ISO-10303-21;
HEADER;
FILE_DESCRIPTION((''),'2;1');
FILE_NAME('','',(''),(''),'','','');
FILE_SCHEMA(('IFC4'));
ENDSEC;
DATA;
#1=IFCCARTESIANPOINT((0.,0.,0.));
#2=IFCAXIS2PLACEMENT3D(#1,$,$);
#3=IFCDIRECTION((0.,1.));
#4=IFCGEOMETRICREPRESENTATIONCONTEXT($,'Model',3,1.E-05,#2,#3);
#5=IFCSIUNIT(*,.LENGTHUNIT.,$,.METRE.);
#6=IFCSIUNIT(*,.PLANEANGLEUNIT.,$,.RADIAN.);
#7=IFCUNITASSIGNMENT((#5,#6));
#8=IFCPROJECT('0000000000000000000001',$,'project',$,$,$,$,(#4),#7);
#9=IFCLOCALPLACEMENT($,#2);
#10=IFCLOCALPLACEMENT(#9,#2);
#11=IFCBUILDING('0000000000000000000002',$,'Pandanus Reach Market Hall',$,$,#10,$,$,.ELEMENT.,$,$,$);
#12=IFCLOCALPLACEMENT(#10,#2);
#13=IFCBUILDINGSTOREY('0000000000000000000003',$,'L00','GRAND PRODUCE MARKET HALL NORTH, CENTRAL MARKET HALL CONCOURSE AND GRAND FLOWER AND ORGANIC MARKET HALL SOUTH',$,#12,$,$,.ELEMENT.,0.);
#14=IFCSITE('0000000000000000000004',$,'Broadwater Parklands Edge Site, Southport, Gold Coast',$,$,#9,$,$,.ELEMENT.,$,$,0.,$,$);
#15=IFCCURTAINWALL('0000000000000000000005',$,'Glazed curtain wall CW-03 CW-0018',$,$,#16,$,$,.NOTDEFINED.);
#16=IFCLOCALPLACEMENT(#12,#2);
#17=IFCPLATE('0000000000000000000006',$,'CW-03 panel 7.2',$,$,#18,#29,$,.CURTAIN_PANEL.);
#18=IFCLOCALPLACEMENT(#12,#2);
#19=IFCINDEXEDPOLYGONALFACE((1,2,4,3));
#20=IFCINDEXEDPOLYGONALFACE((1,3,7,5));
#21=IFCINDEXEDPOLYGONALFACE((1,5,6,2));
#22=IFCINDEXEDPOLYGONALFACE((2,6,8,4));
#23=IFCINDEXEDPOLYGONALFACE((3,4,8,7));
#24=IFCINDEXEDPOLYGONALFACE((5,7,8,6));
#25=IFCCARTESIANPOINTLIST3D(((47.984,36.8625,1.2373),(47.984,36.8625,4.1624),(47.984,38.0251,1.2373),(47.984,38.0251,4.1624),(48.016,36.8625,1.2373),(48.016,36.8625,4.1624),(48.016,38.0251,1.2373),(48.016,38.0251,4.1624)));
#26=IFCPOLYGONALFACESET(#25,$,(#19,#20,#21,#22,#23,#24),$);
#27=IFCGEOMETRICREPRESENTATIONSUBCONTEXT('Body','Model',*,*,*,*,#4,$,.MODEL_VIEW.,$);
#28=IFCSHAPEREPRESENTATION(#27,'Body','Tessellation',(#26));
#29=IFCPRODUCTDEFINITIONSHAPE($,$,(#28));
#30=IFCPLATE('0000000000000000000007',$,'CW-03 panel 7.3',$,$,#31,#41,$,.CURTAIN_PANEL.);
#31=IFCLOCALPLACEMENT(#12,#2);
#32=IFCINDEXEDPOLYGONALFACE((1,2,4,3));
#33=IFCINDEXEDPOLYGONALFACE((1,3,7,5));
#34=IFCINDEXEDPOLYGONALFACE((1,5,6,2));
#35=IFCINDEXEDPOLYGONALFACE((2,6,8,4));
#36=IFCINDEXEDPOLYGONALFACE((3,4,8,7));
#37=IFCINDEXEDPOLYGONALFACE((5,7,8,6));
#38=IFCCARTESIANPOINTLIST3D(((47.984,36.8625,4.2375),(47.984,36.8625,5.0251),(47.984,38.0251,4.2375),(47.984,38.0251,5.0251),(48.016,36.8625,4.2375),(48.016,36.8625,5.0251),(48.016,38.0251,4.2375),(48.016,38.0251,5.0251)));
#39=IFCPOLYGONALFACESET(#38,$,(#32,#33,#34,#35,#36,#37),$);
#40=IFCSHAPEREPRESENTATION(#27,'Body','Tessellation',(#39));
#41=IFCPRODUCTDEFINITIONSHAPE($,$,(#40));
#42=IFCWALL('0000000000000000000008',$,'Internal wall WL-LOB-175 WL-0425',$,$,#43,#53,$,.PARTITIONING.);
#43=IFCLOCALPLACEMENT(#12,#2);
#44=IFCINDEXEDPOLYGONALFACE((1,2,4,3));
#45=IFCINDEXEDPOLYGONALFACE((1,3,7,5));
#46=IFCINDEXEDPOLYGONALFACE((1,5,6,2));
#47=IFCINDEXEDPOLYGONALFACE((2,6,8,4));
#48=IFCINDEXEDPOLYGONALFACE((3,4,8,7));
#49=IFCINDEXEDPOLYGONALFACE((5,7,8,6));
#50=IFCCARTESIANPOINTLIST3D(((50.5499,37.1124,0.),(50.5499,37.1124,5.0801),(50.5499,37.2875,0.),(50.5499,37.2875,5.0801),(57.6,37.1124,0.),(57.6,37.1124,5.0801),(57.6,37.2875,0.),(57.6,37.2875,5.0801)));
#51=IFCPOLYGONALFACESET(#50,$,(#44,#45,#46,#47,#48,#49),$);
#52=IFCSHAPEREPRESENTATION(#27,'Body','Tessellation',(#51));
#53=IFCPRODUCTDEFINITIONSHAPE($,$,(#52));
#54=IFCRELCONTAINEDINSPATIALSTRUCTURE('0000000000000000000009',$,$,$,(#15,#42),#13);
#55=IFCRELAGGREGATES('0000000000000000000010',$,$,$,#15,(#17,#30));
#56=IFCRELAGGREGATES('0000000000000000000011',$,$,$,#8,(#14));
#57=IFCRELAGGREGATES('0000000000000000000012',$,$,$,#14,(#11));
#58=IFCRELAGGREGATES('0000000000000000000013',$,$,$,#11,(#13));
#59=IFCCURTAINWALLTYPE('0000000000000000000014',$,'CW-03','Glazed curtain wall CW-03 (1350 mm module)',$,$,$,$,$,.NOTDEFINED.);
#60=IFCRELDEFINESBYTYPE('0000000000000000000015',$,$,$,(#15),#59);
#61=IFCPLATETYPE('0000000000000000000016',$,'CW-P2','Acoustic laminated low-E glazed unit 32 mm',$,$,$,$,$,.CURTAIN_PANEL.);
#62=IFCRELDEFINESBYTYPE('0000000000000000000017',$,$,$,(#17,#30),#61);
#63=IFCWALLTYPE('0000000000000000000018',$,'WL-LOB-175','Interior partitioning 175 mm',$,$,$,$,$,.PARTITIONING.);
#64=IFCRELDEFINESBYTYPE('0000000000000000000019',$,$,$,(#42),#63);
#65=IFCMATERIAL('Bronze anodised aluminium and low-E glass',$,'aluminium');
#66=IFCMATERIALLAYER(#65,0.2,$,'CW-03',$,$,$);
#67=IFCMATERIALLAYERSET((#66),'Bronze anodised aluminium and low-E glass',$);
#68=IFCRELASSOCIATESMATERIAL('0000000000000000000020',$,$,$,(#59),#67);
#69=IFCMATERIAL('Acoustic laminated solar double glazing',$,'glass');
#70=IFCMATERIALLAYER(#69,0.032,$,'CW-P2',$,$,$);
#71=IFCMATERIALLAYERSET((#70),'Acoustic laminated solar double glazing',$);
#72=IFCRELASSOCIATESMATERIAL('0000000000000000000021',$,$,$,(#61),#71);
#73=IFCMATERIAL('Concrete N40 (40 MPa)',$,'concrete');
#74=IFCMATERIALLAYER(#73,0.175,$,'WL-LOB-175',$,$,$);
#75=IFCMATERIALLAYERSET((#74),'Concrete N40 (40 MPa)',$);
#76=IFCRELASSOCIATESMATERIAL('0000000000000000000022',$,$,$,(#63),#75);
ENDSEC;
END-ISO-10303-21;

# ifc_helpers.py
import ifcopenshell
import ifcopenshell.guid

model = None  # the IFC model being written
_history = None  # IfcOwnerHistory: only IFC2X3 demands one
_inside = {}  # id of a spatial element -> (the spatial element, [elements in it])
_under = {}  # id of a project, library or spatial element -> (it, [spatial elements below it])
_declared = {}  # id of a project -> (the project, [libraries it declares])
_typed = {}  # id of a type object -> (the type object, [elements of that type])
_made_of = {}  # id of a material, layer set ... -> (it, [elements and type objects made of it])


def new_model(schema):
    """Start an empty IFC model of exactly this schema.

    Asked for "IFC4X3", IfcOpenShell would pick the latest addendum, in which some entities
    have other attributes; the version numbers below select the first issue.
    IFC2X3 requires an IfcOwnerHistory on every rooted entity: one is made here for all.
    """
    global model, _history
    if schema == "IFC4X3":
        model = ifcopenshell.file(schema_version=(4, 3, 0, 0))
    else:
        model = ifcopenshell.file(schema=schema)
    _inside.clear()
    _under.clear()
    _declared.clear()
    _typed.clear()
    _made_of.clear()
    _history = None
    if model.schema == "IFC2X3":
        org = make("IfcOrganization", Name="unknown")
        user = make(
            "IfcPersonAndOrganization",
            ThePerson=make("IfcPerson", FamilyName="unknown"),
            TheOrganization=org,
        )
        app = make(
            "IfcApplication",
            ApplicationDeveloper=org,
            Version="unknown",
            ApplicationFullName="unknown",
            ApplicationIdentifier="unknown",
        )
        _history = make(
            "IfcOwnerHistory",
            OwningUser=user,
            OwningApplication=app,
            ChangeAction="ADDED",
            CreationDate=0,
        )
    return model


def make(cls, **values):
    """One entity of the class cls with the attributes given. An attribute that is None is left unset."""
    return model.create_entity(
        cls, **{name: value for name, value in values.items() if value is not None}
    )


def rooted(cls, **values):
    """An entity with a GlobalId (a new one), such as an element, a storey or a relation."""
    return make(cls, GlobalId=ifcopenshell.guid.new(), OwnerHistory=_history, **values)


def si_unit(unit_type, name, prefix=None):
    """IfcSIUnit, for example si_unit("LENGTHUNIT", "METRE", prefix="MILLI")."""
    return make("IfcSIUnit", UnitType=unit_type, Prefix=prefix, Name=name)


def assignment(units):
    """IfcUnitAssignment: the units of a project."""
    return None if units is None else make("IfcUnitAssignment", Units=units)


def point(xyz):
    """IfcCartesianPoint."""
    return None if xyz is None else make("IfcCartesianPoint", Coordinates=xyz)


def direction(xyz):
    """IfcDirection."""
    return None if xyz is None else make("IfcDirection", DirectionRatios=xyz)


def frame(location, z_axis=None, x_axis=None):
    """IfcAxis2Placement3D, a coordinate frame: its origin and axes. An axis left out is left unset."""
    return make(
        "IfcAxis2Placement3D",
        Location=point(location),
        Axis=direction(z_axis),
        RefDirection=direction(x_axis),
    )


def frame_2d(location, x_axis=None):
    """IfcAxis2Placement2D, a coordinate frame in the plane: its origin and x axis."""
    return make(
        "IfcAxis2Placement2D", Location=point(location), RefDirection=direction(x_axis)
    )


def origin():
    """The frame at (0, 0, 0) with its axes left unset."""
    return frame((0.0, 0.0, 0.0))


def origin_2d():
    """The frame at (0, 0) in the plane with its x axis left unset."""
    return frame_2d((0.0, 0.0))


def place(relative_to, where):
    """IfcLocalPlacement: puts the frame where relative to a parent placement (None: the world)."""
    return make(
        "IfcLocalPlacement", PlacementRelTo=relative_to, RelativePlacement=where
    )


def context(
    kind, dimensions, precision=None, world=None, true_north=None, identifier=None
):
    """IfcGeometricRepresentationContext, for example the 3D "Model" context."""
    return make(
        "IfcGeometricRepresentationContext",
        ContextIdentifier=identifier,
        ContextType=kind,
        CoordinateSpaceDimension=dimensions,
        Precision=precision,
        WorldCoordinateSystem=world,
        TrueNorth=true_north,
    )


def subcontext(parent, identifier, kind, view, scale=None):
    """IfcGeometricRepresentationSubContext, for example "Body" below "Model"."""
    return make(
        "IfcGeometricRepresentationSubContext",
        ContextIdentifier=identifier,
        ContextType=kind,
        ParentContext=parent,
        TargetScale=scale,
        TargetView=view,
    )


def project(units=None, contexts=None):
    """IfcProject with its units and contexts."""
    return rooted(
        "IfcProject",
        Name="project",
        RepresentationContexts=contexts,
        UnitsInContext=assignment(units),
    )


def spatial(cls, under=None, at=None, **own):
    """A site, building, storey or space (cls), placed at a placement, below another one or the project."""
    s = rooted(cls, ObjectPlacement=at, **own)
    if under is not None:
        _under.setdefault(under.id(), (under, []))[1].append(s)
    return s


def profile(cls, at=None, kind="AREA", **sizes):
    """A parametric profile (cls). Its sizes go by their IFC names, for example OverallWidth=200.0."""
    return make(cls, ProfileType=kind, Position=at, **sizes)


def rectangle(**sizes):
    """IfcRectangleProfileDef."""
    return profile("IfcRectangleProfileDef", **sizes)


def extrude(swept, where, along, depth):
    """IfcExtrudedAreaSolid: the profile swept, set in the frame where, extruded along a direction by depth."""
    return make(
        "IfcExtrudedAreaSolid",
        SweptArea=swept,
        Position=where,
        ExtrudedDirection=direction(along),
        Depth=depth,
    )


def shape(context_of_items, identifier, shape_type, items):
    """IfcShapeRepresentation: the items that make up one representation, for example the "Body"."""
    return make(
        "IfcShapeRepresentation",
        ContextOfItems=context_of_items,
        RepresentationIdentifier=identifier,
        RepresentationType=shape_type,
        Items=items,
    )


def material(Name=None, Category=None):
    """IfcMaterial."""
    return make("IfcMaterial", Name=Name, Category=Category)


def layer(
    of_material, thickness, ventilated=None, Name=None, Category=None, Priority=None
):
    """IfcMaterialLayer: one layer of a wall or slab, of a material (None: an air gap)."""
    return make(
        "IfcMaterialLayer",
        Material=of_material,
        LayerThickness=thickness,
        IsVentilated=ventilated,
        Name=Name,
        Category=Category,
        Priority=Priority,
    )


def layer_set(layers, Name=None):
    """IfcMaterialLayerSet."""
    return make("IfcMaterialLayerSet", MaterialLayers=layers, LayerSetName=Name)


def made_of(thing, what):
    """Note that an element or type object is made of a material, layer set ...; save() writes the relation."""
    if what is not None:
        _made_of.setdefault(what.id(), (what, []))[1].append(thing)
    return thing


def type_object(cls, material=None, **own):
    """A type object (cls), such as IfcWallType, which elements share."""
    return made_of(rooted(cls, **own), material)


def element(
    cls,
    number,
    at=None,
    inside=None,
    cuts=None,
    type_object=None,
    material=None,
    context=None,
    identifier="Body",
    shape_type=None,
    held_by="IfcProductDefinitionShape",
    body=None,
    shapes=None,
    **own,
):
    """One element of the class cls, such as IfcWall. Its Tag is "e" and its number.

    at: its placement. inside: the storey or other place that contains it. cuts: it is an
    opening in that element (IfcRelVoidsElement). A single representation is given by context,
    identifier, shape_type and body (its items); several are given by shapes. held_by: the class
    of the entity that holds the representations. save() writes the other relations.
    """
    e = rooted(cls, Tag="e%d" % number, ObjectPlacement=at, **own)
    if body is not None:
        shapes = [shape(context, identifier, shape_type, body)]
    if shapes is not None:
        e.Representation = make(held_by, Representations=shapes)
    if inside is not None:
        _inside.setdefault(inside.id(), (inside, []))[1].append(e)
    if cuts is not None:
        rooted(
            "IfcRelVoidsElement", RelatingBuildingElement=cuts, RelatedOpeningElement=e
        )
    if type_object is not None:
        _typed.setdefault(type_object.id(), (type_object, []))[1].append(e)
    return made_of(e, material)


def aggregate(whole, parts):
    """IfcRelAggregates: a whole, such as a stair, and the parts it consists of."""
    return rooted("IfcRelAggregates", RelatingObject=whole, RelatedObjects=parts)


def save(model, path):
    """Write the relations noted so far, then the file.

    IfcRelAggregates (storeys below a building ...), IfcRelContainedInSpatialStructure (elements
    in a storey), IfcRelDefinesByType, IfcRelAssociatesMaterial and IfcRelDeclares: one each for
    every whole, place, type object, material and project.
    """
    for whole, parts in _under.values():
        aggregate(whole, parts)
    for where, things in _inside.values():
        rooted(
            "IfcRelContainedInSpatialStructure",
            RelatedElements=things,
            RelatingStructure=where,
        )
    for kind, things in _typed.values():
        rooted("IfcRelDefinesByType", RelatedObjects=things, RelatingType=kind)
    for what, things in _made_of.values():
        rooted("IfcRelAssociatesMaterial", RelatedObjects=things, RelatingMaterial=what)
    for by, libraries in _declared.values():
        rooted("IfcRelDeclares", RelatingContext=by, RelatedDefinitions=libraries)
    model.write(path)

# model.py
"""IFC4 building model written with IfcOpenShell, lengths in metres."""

from ifc_helpers import new_model, si_unit, direction, frame, frame_2d, origin, origin_2d, place, context, subcontext, project, spatial, rectangle, extrude, material, layer, layer_set, type_object, element, aggregate, save


model = new_model("IFC4")

# Units and contexts
model_context = context("Model", 3, precision=1e-05, world=origin(), true_north=direction((0.0, 1.0)))
body_context = subcontext(model_context, "Body", "Model", "MODEL_VIEW")
ifc_project = project(units=[si_unit("LENGTHUNIT", "METRE"), si_unit("PLANEANGLEUNIT", "RADIAN")], contexts=[model_context])

# Site, building, storey
site_placement = place(None, origin())
site = spatial("IfcSite", under=ifc_project, at=site_placement, Name="Broadwater Parklands Edge Site, Southport, Gold Coast", CompositionType="ELEMENT", RefElevation=0.0)
building_placement = place(site_placement, origin())
building = spatial("IfcBuilding", under=site, at=building_placement, Name="Pandanus Reach Market Hall", CompositionType="ELEMENT")
storey_placement = place(building_placement, origin())
storey = spatial("IfcBuildingStorey", under=building, at=storey_placement, Name="L00", Description="GRAND PRODUCE MARKET HALL NORTH, CENTRAL MARKET HALL CONCOURSE AND GRAND FLOWER AND ORGANIC MARKET HALL SOUTH", CompositionType="ELEMENT", Elevation=0.0)

# Shared definitions
ifc_material_1 = material(Name="Concrete N40 (40 MPa)", Category="concrete")

# Curtain wall
ifc_material_2 = material(Name="Bronze anodised aluminium and low-E glass", Category="aluminium")
ifc_layer_1 = layer(ifc_material_2, 0.2, Name="CW-03")
ifc_layer_set_1 = layer_set([ifc_layer_1], Name="Bronze anodised aluminium and low-E glass")
curtain_wall_type = type_object("IfcCurtainWallType", Name="CW-03", Description="Glazed curtain wall CW-03 (1350 mm module)", PredefinedType="NOTDEFINED", material=ifc_layer_set_1)
curtain_wall_placement = place(storey_placement, origin())
curtain_wall = element("IfcCurtainWall", 1, at=curtain_wall_placement, inside=storey, type_object=curtain_wall_type, Name="Glazed curtain wall CW-03 CW-0018", PredefinedType="NOTDEFINED")

# Plates
ifc_material_3 = material(Name="Acoustic laminated solar double glazing", Category="glass")
ifc_layer_2 = layer(ifc_material_3, 0.032, Name="CW-P2")
ifc_layer_set_2 = layer_set([ifc_layer_2], Name="Acoustic laminated solar double glazing")
plate_type = type_object("IfcPlateType", Name="CW-P2", Description="Acoustic laminated low-E glazed unit 32 mm", PredefinedType="CURTAIN_PANEL", material=ifc_layer_set_2)
plate_1_placement = place(storey_placement, frame((48.0, 37.4438, 1.2373), z_axis=(0.0, 0.0, 1.0), x_axis=(0.0, 1.0, 0.0)))
plate_1 = element("IfcPlate", 2, at=plate_1_placement, type_object=plate_type, Name="CW-03 panel 7.2", PredefinedType="CURTAIN_PANEL", context=body_context, shape_type="SweptSolid", body=[
    extrude(rectangle(XDim=1.1626, YDim=0.032, at=origin_2d()), origin(), (0.0, 0.0, 1.0), 2.925),
])
plate_2_placement = place(storey_placement, frame((48.0, 37.4438, 4.2375), z_axis=(0.0, 0.0, 1.0), x_axis=(0.0, 1.0, 0.0)))
plate_2 = element("IfcPlate", 3, at=plate_2_placement, type_object=plate_type, Name="CW-03 panel 7.3", PredefinedType="CURTAIN_PANEL", context=body_context, shape_type="SweptSolid", body=[
    extrude(rectangle(XDim=1.1626, YDim=0.032, at=origin_2d()), origin(), (0.0, 0.0, 1.0), 0.7876),
])
aggregate(curtain_wall, [plate_1, plate_2])

# Wall
ifc_layer_3 = layer(ifc_material_1, 0.175, Name="WL-LOB-175")
ifc_layer_set_3 = layer_set([ifc_layer_3], Name="Concrete N40 (40 MPa)")
wall_type_1 = type_object("IfcWallType", Name="WL-LOB-175", Description="Interior partitioning 175 mm", PredefinedType="PARTITIONING", material=ifc_layer_set_3)
wall_1_placement = place(storey_placement, frame((50.55, 37.2, 0.0), z_axis=(0.0, 0.0, 1.0), x_axis=(1.0, 0.0, 0.0)))
element("IfcWall", 4, at=wall_1_placement, inside=storey, type_object=wall_type_1, Name="Internal wall WL-LOB-175 WL-0425", PredefinedType="PARTITIONING", context=body_context, shape_type="SweptSolid", body=[
    extrude(rectangle(XDim=7.05, YDim=0.175, at=frame_2d((3.5249, 0.0))), origin(), (0.0, 0.0, 1.0), 5.0801),
])

save(model, "model.ifc")
